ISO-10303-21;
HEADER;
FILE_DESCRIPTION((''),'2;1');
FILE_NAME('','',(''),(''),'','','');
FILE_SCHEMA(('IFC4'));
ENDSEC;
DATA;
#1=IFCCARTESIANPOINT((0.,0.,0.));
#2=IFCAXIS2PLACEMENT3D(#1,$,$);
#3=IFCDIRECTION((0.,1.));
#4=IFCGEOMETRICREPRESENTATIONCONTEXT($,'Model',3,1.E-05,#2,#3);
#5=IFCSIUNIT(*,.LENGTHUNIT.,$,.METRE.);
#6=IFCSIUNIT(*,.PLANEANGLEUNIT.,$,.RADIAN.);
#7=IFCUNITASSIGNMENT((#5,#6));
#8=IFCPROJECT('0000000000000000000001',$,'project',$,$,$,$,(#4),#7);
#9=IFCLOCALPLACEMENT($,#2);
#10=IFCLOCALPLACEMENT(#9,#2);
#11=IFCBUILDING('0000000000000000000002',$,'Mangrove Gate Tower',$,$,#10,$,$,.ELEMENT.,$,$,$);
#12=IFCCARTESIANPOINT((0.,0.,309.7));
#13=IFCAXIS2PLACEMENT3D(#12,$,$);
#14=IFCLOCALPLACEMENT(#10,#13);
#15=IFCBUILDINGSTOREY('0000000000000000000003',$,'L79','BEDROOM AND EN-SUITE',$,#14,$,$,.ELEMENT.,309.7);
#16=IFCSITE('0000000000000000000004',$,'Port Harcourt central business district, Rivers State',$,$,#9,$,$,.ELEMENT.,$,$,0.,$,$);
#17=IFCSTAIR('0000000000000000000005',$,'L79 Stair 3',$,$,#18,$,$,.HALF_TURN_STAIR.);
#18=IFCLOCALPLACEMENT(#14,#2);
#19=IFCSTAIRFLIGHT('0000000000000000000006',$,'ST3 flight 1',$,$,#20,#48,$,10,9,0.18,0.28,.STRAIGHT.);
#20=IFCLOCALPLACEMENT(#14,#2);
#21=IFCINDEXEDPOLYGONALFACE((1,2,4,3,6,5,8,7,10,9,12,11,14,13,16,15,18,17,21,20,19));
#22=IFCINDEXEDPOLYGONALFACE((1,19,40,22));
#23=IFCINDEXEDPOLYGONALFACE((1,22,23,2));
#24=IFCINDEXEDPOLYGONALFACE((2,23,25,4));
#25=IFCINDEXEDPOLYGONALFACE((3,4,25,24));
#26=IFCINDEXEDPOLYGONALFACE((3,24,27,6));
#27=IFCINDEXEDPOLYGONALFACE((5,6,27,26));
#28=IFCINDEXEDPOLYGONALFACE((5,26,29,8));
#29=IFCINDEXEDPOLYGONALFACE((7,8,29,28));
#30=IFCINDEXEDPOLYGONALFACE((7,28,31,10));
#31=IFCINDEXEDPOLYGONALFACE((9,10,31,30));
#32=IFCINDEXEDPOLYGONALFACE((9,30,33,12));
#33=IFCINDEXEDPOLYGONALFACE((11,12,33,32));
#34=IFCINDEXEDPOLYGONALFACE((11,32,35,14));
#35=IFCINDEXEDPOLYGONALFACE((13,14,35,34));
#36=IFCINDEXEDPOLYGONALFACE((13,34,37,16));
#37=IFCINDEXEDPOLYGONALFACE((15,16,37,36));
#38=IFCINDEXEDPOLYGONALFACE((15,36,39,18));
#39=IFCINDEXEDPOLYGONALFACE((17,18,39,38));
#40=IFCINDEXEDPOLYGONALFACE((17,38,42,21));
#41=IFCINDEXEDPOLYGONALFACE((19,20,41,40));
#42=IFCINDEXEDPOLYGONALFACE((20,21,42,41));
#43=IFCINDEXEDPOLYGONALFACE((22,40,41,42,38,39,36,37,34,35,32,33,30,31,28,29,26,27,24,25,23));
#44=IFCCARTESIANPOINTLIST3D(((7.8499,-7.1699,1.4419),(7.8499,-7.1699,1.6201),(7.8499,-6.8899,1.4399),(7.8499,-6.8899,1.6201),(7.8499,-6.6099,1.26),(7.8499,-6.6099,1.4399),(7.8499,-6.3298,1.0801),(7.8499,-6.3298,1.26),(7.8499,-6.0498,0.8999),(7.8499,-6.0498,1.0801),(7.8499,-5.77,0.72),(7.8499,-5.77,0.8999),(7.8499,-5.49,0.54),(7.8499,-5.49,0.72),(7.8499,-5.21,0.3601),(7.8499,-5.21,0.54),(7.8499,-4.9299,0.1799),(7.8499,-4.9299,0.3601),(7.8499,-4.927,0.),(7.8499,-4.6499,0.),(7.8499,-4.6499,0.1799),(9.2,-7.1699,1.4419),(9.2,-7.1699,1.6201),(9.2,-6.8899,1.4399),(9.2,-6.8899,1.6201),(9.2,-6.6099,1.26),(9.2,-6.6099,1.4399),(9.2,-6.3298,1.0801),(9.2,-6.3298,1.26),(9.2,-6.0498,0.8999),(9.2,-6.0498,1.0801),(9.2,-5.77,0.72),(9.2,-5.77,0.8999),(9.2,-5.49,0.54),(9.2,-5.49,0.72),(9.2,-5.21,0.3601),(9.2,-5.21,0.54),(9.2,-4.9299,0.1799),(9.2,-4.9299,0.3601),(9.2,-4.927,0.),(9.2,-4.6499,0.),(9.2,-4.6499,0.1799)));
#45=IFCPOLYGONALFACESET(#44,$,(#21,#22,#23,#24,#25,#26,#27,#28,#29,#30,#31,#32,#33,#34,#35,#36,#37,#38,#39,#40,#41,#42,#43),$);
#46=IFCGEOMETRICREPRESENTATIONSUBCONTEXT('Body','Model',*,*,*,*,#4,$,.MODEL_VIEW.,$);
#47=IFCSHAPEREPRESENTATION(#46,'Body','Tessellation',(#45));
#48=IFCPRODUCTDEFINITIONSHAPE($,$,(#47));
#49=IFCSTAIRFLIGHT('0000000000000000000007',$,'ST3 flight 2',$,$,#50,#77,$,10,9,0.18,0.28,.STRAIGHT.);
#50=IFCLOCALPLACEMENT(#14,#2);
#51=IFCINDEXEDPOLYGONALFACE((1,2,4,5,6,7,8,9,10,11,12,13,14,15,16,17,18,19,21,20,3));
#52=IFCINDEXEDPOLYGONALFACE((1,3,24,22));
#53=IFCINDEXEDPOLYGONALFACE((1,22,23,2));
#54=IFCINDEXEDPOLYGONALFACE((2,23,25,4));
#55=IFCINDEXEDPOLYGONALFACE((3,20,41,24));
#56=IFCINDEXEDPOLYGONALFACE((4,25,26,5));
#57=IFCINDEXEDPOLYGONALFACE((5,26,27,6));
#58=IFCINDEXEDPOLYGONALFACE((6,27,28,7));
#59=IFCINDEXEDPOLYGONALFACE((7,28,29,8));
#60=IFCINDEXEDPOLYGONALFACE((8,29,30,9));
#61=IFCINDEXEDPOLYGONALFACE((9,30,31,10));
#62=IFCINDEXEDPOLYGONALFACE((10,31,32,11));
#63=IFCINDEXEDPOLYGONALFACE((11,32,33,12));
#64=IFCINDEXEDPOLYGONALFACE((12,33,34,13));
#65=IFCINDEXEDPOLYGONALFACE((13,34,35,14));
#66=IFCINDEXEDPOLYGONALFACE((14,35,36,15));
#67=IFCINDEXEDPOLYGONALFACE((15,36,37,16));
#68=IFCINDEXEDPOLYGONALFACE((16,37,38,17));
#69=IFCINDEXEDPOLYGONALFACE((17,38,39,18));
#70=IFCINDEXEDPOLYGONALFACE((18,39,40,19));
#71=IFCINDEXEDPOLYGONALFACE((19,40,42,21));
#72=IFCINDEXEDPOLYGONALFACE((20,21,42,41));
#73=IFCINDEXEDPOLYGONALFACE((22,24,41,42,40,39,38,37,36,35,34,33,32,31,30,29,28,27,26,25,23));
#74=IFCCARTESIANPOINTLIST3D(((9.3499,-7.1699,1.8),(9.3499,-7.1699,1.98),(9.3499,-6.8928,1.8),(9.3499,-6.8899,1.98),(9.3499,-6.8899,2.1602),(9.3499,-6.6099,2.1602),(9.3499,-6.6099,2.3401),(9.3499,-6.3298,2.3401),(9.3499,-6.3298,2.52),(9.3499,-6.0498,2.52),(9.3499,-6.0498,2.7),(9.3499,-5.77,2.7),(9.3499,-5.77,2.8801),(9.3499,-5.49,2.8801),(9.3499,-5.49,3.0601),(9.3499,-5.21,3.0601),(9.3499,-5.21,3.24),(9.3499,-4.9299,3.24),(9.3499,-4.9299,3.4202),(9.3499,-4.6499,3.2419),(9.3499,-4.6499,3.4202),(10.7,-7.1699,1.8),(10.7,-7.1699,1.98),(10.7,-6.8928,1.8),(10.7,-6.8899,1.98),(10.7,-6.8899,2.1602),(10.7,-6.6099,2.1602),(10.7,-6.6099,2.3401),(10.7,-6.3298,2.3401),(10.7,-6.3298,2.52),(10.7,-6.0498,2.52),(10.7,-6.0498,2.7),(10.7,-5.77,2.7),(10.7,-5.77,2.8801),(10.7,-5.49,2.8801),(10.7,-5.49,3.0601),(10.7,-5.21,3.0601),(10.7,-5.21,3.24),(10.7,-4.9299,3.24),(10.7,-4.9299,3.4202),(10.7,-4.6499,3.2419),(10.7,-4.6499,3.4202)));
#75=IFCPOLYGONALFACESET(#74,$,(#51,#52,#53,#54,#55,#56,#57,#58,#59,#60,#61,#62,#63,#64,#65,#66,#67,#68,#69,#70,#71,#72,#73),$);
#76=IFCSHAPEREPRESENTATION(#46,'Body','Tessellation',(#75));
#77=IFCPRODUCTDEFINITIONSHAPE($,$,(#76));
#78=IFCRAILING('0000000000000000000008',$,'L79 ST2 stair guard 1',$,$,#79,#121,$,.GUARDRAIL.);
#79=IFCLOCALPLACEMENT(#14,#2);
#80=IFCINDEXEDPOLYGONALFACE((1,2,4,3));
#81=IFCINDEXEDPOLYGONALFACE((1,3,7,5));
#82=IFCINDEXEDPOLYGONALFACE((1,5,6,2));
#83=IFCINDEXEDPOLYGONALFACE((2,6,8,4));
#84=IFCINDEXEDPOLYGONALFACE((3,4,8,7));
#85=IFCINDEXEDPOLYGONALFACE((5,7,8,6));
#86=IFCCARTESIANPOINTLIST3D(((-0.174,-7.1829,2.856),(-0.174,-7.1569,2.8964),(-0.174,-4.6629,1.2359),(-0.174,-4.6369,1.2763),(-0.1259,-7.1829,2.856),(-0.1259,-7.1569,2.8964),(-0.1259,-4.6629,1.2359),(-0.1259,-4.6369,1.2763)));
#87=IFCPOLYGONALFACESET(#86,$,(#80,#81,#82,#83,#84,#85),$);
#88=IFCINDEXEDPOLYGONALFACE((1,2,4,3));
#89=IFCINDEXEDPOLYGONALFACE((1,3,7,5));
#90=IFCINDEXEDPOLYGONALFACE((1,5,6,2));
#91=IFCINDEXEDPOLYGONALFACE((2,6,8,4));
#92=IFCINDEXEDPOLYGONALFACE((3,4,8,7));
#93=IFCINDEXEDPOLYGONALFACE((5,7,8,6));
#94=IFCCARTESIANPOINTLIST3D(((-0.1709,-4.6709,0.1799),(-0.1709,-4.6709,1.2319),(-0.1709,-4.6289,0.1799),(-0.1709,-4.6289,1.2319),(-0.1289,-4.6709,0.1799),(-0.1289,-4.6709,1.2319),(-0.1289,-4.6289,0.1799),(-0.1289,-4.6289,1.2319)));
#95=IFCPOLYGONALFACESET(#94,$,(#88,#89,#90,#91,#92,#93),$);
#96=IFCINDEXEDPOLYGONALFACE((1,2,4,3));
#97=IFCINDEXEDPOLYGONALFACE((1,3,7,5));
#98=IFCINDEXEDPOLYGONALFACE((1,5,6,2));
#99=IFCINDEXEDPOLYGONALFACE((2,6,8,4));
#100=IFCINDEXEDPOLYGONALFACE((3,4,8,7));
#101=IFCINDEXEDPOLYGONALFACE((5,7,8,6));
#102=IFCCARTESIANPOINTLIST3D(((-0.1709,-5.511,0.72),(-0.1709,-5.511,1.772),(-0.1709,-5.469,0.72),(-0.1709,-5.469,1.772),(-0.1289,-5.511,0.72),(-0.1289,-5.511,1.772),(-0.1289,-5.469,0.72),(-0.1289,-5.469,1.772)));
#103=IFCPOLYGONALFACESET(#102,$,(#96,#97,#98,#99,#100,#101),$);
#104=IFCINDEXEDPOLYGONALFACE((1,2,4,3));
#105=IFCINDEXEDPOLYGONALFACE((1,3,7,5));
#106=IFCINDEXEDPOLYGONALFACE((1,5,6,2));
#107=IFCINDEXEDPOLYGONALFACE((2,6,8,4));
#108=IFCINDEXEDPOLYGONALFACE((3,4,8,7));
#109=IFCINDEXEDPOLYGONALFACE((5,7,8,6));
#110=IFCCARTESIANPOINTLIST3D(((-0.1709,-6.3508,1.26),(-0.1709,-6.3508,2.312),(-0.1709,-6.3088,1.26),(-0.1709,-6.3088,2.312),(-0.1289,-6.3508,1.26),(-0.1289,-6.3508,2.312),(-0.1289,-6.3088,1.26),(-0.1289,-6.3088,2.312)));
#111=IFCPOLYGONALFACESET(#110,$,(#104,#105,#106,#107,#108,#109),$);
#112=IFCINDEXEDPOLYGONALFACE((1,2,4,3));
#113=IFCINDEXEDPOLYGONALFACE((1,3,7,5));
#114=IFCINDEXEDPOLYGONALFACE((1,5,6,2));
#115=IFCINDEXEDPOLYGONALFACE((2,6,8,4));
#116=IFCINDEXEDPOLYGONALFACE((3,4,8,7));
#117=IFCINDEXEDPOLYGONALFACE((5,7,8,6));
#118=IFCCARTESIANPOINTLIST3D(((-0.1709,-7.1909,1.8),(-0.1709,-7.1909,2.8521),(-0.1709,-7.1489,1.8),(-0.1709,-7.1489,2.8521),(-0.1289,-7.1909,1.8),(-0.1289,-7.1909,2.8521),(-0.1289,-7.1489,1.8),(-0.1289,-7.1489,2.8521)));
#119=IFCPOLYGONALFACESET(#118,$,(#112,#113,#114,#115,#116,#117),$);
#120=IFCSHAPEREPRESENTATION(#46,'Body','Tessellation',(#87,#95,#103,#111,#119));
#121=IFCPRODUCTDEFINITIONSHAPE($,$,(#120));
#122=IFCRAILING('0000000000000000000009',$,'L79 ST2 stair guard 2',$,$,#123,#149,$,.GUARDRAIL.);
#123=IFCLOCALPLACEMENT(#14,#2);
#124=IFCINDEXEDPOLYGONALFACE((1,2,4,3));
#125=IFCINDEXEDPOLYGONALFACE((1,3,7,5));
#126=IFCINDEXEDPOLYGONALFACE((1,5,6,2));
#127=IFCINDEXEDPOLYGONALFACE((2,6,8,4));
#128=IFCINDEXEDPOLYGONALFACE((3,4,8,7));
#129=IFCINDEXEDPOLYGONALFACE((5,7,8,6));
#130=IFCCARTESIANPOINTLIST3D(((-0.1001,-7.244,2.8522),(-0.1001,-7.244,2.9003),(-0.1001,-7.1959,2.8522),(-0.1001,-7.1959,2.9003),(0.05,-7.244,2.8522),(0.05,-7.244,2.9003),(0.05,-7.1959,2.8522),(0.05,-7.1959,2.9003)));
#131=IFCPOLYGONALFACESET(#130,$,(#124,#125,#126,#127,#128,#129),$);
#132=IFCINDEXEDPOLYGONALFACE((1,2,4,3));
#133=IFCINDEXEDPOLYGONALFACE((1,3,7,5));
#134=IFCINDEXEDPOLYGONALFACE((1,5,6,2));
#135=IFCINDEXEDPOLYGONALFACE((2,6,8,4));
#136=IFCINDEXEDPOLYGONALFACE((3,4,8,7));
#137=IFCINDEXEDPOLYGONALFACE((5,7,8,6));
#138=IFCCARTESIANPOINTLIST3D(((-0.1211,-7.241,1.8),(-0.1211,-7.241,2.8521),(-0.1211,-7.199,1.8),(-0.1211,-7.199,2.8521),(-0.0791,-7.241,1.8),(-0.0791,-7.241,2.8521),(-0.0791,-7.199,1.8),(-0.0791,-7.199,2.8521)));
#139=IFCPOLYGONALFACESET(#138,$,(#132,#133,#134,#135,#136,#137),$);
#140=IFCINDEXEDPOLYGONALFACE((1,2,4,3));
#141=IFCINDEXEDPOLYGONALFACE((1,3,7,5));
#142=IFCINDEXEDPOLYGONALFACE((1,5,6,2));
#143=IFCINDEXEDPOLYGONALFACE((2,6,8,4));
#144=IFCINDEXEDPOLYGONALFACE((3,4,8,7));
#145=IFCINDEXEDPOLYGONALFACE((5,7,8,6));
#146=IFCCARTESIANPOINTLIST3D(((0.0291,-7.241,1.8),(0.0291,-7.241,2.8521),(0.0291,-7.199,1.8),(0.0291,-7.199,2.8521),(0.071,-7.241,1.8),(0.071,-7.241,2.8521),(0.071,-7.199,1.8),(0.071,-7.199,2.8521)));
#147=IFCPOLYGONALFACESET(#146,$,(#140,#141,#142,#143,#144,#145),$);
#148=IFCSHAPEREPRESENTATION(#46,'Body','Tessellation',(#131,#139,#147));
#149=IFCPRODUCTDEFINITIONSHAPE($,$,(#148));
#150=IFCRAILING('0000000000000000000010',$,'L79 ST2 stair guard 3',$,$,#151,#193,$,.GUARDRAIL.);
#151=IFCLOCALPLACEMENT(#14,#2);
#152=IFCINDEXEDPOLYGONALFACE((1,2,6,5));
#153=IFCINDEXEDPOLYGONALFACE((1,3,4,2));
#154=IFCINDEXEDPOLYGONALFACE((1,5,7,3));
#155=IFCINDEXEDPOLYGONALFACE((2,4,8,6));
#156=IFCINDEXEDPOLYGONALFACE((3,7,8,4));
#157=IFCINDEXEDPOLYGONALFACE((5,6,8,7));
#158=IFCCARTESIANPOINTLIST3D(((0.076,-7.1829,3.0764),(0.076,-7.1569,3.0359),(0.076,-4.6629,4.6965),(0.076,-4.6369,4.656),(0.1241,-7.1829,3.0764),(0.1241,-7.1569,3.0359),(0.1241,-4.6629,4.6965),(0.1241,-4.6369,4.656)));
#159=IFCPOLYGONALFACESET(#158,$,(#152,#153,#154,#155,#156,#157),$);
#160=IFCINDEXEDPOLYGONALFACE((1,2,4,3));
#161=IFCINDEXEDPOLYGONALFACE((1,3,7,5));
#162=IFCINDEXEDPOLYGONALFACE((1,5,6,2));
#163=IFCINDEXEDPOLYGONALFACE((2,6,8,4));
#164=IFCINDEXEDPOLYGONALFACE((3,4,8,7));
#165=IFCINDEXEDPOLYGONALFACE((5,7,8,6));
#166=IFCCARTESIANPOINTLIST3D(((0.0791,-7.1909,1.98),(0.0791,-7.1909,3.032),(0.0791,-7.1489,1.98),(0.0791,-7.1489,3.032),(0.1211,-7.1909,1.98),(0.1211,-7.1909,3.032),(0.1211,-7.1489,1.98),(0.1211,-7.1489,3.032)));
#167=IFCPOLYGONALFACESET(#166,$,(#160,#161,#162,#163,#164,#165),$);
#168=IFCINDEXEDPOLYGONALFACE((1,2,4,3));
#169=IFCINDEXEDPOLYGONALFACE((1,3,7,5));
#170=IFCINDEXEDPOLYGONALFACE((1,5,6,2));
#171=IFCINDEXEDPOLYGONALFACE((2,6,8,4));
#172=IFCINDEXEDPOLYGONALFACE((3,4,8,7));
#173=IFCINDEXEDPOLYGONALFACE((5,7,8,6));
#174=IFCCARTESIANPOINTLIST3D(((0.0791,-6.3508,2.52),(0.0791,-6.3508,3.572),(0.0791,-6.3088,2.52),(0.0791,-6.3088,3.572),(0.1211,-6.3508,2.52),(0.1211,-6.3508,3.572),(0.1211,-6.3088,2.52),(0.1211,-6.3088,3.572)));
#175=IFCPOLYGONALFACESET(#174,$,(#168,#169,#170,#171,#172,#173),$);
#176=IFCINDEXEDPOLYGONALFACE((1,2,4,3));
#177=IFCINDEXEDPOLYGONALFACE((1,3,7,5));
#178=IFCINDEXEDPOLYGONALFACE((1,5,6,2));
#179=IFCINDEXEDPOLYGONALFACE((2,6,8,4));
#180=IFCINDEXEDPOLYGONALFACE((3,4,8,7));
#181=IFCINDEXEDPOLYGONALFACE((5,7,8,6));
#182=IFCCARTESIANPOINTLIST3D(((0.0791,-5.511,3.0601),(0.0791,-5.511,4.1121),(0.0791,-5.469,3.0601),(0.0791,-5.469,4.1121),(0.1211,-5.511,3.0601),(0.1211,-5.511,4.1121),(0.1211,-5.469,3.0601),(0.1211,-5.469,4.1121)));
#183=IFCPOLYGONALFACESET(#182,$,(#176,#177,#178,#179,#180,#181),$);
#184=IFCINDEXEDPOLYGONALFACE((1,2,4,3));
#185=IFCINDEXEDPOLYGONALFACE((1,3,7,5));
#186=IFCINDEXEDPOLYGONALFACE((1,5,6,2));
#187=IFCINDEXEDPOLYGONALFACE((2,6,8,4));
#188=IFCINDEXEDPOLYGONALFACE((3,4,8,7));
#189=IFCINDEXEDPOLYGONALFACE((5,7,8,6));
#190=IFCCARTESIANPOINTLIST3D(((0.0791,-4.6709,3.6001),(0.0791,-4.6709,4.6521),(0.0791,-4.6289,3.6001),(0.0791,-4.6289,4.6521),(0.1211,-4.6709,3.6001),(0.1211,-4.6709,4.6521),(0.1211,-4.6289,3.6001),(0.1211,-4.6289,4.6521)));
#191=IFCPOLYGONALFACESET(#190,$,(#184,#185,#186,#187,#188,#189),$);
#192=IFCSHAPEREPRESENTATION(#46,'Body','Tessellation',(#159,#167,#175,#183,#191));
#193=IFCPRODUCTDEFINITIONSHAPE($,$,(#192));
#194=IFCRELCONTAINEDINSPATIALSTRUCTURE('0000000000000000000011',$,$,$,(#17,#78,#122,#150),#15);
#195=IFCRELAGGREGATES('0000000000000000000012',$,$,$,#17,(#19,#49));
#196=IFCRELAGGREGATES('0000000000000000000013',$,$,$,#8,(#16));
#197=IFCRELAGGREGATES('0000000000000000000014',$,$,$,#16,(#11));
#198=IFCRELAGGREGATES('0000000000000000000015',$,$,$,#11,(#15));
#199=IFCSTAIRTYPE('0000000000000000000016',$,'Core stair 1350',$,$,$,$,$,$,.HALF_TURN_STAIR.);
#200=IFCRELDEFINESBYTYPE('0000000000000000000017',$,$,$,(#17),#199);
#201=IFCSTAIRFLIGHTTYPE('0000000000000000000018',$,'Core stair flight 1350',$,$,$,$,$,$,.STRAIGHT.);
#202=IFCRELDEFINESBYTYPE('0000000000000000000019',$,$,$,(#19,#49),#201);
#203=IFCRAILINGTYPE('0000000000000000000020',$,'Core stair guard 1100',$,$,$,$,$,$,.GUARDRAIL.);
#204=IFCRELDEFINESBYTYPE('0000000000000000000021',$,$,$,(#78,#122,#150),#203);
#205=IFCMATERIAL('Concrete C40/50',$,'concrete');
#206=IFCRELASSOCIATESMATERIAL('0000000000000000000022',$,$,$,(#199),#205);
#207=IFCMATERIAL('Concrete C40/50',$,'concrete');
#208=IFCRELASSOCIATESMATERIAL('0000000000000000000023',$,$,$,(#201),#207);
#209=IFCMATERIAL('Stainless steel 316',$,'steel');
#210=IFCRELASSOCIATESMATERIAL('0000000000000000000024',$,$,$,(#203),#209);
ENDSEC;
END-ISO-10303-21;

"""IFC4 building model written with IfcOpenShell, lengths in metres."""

from ifc_helpers import new_model, si_unit, direction, frame, origin, origin_2d, place, context, subcontext, project, spatial, polyline, rectangle, outline, extrude, material, type_object, element, aggregate, save


model = new_model("IFC4")

# Units and contexts
model_context = context("Model", 3, precision=1e-05, world=origin(), true_north=direction((0.0, 1.0)))
body_context = subcontext(model_context, "Body", "Model", "MODEL_VIEW")
ifc_project = project(units=[si_unit("LENGTHUNIT", "METRE"), si_unit("PLANEANGLEUNIT", "RADIAN")], contexts=[model_context])

# Site, building, storey
site_placement = place(None, origin())
site = spatial("IfcSite", under=ifc_project, at=site_placement, Name="Port Harcourt central business district, Rivers State", CompositionType="ELEMENT", RefElevation=0.0)
building_placement = place(site_placement, origin())
building = spatial("IfcBuilding", under=site, at=building_placement, Name="Mangrove Gate Tower", CompositionType="ELEMENT")
storey_placement = place(building_placement, frame((0.0, 0.0, 309.7)))
storey = spatial("IfcBuildingStorey", under=building, at=storey_placement, Name="L79", Description="BEDROOM AND EN-SUITE", CompositionType="ELEMENT", Elevation=309.7)

# Shared definitions
ifc_material_1 = material(Name="Concrete C40/50", Category="concrete")
stair_type = type_object("IfcStairType", Name="Core stair 1350", PredefinedType="HALF_TURN_STAIR", material=ifc_material_1)
ifc_material_2 = material(Name="Concrete C40/50", Category="concrete")
stair_flight_type = type_object("IfcStairFlightType", Name="Core stair flight 1350", PredefinedType="STRAIGHT", material=ifc_material_2)

# Stair, stair flights
stair_1_placement = place(storey_placement, origin())
stair_1 = element("IfcStair", 1, at=stair_1_placement, inside=storey, type_object=stair_type, Name="L79 Stair 3", PredefinedType="HALF_TURN_STAIR")
stair_flight_1_placement = place(storey_placement, frame((8.5249, -4.6499, 0.0), z_axis=(0.0, 0.0, 1.0), x_axis=(0.0, -1.0, 0.0)))
stair_flight_1 = element("IfcStairFlight", 2, at=stair_flight_1_placement, type_object=stair_flight_type, Name="ST3 flight 1", NumberOfRisers=10, NumberOfTreads=9, PredefinedType="STRAIGHT", RiserHeight=0.18, TreadLength=0.28, context=body_context, shape_type="SweptSolid", body=[
    extrude(outline(polyline([(0.0, 0.0), (0.0, 0.1799), (0.28, 0.1799), (0.28, 0.3601), (0.5601, 0.3601), (0.5601, 0.54), (0.8401, 0.54), (0.8401, 0.72), (1.1201, 0.72), (1.1201, 0.8999), (1.3999, 0.8999), (1.3999, 1.0801), (1.6799, 1.0801), (1.6799, 1.26), (1.96, 1.26), (1.96, 1.4399), (2.24, 1.4399), (2.24, 1.6201), (2.52, 1.6201), (2.52, 1.8), (2.52, 1.4419), (0.2771, 0.0), (0.0, 0.0)])), frame((0.0, 0.675, 0.0), z_axis=(0.0, -1.0, 0.0), x_axis=(1.0, 0.0, 0.0)), (0.0, 0.0, 1.0), 1.3501),
])
stair_flight_2_placement = place(storey_placement, frame((10.0249, -7.1699, 1.8), z_axis=(0.0, 0.0, 1.0), x_axis=(0.0, 1.0, 0.0)))
stair_flight_2 = element("IfcStairFlight", 3, at=stair_flight_2_placement, type_object=stair_flight_type, Name="ST3 flight 2", NumberOfRisers=10, NumberOfTreads=9, PredefinedType="STRAIGHT", RiserHeight=0.18, TreadLength=0.28, context=body_context, shape_type="SweptSolid", body=[
    extrude(outline(polyline([(0.0, 0.0), (0.0, 0.1799), (0.28, 0.1799), (0.28, 0.3601), (0.5601, 0.3601), (0.5601, 0.54), (0.8401, 0.54), (0.8401, 0.72), (1.1201, 0.72), (1.1201, 0.8999), (1.3999, 0.8999), (1.3999, 1.0801), (1.6799, 1.0801), (1.6799, 1.26), (1.96, 1.26), (1.96, 1.4399), (2.24, 1.4399), (2.24, 1.6201), (2.52, 1.6201), (2.52, 1.8), (2.52, 1.4419), (0.2771, 0.0), (0.0, 0.0)])), frame((0.0, 0.675, 0.0), z_axis=(0.0, -1.0, 0.0), x_axis=(1.0, 0.0, 0.0)), (0.0, 0.0, 1.0), 1.3501),
])
aggregate(stair_1, [stair_flight_1, stair_flight_2])

# Railings
ifc_material_3 = material(Name="Stainless steel 316", Category="steel")
railing_type_1 = type_object("IfcRailingType", Name="Core stair guard 1100", PredefinedType="GUARDRAIL", material=ifc_material_3)
railing_1_placement = place(storey_placement, frame((-0.1499, -4.6499, 0.1799)))
element("IfcRailing", 4, at=railing_1_placement, inside=storey, type_object=railing_type_1, Name="L79 ST2 stair guard 1", PredefinedType="GUARDRAIL", context=body_context, shape_type="SweptSolid", body=[
    extrude(rectangle(XDim=0.0481, YDim=0.0481, at=origin_2d()), frame((0.0, 0.0, 1.0762), z_axis=(0.0, -0.841163, 0.540782), x_axis=(1.0, 0.0, 0.0)), (0.0, 0.0, 1.0), 2.9958),
    extrude(rectangle(XDim=0.042, YDim=0.042, at=origin_2d()), origin(), (0.0, 0.0, 1.0), 1.052),
    extrude(rectangle(XDim=0.042, YDim=0.042, at=origin_2d()), frame((0.0, -0.8401, 0.54)), (0.0, 0.0, 1.0), 1.052),
    extrude(rectangle(XDim=0.042, YDim=0.042, at=origin_2d()), frame((0.0, -1.6799, 1.0801)), (0.0, 0.0, 1.0), 1.052),
    extrude(rectangle(XDim=0.042, YDim=0.042, at=origin_2d()), frame((0.0, -2.52, 1.6201)), (0.0, 0.0, 1.0), 1.052),
])
railing_2_placement = place(storey_placement, frame((-0.1001, -7.22, 1.8)))
element("IfcRailing", 5, at=railing_2_placement, inside=storey, type_object=railing_type_1, Name="L79 ST2 stair guard 2", PredefinedType="GUARDRAIL", context=body_context, shape_type="SweptSolid", body=[
    extrude(rectangle(XDim=0.0481, YDim=0.0481, at=origin_2d()), frame((0.0, 0.0, 1.0762), z_axis=(1.0, 0.0, 0.0), x_axis=(0.0, 1.0, 0.0)), (0.0, 0.0, 1.0), 0.1501),
    extrude(rectangle(XDim=0.042, YDim=0.042, at=origin_2d()), origin(), (0.0, 0.0, 1.0), 1.052),
    extrude(rectangle(XDim=0.042, YDim=0.042, at=origin_2d()), frame((0.1501, 0.0, 0.0)), (0.0, 0.0, 1.0), 1.052),
])
railing_3_placement = place(storey_placement, frame((0.1001, -7.1699, 1.98)))
element("IfcRailing", 6, at=railing_3_placement, inside=storey, type_object=railing_type_1, Name="L79 ST2 stair guard 3", PredefinedType="GUARDRAIL", context=body_context, shape_type="SweptSolid", body=[
    extrude(rectangle(XDim=0.0481, YDim=0.0481, at=origin_2d()), frame((0.0, 0.0, 1.0762), z_axis=(0.0, 0.841163, 0.540782), x_axis=(-1.0, 0.0, 0.0)), (0.0, 0.0, 1.0), 2.9958),
    extrude(rectangle(XDim=0.042, YDim=0.042, at=origin_2d()), origin(), (0.0, 0.0, 1.0), 1.052),
    extrude(rectangle(XDim=0.042, YDim=0.042, at=origin_2d()), frame((0.0, 0.8401, 0.54)), (0.0, 0.0, 1.0), 1.052),
    extrude(rectangle(XDim=0.042, YDim=0.042, at=origin_2d()), frame((0.0, 1.6799, 1.0801)), (0.0, 0.0, 1.0), 1.052),
    extrude(rectangle(XDim=0.042, YDim=0.042, at=origin_2d()), frame((0.0, 2.52, 1.6201)), (0.0, 0.0, 1.0), 1.052),
])

save(model, "model.ifc")
